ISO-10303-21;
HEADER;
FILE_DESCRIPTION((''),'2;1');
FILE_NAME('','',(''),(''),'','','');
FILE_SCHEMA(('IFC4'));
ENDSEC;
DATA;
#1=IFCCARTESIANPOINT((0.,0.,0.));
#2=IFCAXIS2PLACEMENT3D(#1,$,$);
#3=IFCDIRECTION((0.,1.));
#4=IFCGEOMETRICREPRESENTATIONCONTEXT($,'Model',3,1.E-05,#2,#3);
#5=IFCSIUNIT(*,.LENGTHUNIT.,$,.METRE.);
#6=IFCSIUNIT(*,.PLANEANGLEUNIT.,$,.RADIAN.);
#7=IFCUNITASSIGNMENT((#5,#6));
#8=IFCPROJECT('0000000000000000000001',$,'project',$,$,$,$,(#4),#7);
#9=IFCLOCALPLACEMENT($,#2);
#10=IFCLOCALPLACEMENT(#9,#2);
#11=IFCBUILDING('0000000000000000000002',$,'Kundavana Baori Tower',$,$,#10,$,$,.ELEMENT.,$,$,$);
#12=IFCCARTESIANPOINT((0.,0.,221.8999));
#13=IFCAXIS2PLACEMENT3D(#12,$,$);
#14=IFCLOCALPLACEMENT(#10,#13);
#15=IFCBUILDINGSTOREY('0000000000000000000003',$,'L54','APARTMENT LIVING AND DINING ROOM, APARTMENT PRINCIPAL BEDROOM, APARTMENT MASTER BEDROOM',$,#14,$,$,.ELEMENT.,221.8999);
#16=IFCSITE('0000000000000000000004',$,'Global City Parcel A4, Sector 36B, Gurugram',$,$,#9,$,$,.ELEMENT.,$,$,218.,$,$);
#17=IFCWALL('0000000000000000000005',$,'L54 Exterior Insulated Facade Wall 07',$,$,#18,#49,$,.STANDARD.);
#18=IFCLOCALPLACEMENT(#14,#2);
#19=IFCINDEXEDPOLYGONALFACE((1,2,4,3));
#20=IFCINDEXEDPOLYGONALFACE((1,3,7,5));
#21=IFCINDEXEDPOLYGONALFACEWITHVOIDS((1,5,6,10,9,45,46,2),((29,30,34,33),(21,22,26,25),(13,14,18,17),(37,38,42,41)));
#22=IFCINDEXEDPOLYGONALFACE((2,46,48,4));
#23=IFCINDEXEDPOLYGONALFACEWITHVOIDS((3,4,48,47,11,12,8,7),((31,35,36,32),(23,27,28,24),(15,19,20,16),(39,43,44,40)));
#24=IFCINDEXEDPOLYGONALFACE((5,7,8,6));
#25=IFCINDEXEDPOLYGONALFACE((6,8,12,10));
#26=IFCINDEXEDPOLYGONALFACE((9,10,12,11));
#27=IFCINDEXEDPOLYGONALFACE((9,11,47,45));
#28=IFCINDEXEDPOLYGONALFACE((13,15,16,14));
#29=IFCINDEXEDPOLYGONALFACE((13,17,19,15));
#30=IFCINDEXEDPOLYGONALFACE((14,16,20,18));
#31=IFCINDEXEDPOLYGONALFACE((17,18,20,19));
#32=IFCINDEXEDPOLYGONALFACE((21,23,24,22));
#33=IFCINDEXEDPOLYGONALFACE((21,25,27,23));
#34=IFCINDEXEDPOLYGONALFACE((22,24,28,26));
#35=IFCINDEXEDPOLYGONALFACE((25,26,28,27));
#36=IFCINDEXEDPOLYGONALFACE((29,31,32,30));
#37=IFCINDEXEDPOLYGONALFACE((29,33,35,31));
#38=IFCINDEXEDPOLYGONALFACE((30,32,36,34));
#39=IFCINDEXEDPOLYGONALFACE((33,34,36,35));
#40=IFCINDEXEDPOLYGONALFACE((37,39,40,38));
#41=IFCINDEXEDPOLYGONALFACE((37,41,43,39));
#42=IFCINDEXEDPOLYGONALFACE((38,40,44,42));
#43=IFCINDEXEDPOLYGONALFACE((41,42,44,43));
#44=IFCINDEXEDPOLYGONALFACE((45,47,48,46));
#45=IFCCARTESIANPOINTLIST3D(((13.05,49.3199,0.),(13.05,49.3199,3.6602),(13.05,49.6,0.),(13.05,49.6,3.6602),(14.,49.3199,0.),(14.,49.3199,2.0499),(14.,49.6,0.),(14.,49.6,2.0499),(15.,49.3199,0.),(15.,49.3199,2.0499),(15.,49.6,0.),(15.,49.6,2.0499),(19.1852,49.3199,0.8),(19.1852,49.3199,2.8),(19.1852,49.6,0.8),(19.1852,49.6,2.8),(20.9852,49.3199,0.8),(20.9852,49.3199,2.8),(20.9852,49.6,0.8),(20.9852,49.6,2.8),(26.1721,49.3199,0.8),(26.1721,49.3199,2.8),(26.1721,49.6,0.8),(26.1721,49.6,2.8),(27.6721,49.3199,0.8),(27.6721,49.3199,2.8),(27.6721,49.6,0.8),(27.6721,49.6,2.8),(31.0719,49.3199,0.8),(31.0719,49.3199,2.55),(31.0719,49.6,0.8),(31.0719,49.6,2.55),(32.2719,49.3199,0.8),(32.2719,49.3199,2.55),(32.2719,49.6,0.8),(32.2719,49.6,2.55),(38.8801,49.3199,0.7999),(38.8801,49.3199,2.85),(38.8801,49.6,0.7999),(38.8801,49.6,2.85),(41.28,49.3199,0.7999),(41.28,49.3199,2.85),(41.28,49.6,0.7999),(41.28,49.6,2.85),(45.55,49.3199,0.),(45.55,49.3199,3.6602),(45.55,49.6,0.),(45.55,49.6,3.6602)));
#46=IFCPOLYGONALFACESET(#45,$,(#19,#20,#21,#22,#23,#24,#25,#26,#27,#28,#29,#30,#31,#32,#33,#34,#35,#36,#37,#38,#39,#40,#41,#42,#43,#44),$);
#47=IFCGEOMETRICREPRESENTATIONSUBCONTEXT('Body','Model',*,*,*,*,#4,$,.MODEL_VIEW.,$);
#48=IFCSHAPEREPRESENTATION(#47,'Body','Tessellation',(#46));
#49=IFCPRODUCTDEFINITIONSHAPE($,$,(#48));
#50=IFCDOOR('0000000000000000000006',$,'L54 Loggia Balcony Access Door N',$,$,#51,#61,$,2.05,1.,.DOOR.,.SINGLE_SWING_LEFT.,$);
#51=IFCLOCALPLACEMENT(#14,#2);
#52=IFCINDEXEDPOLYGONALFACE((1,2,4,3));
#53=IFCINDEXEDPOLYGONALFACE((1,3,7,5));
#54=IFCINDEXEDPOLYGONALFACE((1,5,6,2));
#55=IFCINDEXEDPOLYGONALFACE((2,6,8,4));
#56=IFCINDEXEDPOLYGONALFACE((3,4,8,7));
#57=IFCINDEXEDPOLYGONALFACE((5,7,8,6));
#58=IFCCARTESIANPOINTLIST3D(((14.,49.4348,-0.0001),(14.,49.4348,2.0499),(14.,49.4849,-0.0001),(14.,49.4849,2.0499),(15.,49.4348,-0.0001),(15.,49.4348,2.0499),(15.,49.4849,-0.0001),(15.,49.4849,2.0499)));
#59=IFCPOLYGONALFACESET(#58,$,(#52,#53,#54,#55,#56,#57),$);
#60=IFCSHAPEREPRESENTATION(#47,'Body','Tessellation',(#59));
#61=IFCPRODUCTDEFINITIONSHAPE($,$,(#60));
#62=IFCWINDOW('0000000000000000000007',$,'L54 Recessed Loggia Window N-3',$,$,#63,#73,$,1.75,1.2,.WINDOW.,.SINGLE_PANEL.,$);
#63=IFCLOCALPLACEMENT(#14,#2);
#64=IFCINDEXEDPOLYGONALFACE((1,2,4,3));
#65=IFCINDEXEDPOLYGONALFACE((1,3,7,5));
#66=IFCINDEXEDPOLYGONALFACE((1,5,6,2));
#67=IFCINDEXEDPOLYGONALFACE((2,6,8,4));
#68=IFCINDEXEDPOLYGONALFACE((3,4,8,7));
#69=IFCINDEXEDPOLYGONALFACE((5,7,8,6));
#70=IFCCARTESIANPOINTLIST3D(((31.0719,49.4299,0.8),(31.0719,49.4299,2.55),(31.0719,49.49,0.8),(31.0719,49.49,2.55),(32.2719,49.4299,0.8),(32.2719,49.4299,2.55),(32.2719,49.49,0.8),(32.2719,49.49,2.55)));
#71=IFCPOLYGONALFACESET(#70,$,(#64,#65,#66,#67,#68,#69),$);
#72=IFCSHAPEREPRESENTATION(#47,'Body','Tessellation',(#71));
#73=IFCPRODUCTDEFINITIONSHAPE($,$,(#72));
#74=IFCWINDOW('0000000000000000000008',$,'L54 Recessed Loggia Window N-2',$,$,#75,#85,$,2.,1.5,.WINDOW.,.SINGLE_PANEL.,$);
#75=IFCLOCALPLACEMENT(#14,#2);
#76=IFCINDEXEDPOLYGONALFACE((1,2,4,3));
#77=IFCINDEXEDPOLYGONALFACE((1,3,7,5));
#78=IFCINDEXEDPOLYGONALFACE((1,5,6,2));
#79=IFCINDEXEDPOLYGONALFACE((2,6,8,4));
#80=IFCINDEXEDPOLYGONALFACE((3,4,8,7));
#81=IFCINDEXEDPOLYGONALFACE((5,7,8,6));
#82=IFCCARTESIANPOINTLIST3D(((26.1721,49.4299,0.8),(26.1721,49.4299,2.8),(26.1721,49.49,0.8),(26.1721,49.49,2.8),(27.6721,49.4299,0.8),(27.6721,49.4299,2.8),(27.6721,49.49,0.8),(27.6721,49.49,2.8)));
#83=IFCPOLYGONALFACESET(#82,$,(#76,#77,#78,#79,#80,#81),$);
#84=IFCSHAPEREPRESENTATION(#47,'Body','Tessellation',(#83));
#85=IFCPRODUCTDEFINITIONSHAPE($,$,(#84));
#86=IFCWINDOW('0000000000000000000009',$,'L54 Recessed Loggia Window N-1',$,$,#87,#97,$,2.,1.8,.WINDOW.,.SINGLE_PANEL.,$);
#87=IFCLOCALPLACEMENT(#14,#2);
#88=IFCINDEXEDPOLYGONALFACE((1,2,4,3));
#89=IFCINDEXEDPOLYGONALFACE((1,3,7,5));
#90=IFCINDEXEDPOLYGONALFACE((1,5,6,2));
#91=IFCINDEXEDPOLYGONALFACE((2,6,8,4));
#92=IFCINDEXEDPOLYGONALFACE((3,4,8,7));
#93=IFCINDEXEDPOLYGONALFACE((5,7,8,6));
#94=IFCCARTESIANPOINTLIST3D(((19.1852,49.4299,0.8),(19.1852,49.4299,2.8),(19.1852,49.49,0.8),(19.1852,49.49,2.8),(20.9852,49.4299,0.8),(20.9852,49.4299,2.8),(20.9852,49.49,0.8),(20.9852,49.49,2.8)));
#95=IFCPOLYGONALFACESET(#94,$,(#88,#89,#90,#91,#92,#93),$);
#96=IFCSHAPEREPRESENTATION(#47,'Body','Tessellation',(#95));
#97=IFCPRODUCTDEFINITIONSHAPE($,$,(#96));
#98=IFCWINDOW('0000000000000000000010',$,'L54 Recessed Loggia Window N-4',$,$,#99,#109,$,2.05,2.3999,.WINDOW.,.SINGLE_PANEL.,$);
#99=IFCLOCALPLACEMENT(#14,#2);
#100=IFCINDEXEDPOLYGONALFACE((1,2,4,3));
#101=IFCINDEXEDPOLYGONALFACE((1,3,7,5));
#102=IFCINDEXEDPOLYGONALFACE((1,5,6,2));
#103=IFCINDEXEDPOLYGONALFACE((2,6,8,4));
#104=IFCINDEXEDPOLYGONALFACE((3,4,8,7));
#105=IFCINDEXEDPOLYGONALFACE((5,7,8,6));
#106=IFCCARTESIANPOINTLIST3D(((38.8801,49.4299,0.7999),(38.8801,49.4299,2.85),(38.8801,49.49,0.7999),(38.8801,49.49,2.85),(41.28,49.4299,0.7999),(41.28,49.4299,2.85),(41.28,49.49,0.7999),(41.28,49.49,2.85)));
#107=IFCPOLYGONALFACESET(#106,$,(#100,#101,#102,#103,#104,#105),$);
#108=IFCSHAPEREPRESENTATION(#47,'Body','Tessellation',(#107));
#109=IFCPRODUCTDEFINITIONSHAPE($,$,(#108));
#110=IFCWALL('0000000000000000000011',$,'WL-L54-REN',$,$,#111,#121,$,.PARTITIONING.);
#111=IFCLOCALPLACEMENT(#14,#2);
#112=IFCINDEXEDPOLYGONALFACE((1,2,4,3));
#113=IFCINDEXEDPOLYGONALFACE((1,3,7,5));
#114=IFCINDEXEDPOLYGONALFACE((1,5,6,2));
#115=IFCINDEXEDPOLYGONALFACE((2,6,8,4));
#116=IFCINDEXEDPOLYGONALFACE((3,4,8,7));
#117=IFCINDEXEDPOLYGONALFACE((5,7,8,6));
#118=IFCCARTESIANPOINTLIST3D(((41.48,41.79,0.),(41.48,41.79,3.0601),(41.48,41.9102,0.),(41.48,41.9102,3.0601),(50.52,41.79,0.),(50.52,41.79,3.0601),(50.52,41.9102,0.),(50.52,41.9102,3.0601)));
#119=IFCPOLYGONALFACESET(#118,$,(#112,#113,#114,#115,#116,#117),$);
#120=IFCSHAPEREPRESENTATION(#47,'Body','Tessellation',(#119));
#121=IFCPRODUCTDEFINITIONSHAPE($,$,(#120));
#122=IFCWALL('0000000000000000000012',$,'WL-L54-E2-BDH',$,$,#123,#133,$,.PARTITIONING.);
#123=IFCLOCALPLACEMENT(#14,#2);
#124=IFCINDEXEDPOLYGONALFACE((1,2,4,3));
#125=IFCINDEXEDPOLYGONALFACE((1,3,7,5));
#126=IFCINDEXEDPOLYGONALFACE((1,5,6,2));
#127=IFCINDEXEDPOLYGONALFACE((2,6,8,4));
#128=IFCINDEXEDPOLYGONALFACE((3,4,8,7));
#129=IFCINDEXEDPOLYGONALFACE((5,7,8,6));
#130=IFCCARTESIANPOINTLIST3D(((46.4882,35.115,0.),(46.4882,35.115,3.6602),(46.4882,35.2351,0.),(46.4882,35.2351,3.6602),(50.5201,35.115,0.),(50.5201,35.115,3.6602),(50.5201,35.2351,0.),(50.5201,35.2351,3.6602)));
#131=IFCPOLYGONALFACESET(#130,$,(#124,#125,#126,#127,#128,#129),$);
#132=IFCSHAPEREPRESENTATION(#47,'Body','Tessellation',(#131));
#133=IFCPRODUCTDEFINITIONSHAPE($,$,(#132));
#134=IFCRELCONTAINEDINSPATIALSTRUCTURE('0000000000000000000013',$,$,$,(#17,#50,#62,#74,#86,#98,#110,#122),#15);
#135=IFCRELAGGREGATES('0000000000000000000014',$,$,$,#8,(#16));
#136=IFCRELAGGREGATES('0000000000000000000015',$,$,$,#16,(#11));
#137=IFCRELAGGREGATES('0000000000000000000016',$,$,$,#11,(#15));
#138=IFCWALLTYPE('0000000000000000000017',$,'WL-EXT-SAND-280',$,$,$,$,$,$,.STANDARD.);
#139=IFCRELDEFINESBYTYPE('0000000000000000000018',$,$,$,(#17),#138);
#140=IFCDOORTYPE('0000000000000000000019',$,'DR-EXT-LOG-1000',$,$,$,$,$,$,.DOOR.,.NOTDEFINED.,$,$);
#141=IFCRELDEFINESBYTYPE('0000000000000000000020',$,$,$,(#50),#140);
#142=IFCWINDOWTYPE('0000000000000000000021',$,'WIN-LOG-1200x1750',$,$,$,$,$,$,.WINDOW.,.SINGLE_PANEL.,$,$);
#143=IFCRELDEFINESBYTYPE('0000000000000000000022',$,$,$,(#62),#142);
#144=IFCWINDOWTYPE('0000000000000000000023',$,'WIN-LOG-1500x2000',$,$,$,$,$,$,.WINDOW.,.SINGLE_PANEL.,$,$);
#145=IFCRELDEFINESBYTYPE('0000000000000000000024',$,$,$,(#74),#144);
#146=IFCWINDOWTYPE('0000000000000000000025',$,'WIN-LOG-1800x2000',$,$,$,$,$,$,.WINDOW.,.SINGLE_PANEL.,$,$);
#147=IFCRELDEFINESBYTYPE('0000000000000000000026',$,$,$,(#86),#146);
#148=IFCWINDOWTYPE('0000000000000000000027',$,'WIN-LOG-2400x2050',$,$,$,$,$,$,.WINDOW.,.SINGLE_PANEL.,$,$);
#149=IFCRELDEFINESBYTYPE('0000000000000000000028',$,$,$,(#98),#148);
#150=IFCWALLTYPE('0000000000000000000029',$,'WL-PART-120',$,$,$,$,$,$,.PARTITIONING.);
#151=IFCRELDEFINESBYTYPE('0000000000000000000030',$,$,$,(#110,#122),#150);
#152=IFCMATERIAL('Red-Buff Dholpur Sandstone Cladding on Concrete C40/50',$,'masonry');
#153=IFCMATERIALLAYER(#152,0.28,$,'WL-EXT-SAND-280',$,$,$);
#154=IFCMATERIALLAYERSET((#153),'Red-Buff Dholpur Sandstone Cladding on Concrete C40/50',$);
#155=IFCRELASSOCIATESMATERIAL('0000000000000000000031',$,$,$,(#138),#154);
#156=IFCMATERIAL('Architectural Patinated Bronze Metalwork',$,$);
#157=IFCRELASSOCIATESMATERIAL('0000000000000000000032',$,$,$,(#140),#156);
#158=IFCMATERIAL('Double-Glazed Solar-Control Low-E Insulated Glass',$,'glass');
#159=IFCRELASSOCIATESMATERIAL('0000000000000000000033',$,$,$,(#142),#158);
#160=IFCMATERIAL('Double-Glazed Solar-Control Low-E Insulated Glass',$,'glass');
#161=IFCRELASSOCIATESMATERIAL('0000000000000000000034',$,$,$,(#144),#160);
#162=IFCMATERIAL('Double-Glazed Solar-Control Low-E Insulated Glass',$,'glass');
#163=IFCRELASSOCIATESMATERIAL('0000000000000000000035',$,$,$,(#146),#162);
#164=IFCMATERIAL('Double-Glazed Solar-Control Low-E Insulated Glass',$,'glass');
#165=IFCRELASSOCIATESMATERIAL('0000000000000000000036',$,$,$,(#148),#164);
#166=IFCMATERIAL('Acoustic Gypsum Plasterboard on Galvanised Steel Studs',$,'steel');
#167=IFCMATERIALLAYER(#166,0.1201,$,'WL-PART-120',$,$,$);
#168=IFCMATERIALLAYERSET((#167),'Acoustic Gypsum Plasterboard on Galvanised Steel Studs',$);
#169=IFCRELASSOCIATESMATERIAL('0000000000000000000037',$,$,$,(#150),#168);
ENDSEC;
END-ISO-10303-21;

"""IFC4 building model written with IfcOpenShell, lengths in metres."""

from ifc_helpers import new_model, si_unit, direction, frame, frame_2d, origin, place, context, subcontext, project, spatial, rectangle, extrude, material, layer, layer_set, type_object, element, fill, save


model = new_model("IFC4")

# Units and contexts
model_context = context("Model", 3, precision=1e-05, world=origin(), true_north=direction((0.0, 1.0)))
body_context = subcontext(model_context, "Body", "Model", "MODEL_VIEW")
ifc_project = project(units=[si_unit("LENGTHUNIT", "METRE"), si_unit("PLANEANGLEUNIT", "RADIAN")], contexts=[model_context])

# Site, building, storey
site_placement = place(None, origin())
site = spatial("IfcSite", under=ifc_project, at=site_placement, Name="Global City Parcel A4, Sector 36B, Gurugram", CompositionType="ELEMENT", RefElevation=218.0)
building_placement = place(site_placement, origin())
building = spatial("IfcBuilding", under=site, at=building_placement, Name="Kundavana Baori Tower", CompositionType="ELEMENT")
storey_placement = place(building_placement, frame((0.0, 0.0, 221.8999)))
storey = spatial("IfcBuildingStorey", under=building, at=storey_placement, Name="L54", Description="APARTMENT LIVING AND DINING ROOM, APARTMENT PRINCIPAL BEDROOM, APARTMENT MASTER BEDROOM", CompositionType="ELEMENT", Elevation=221.8999)

# Shared definitions
ifc_material_1 = material(Name="Red-Buff Dholpur Sandstone Cladding on Concrete C40/50", Category="masonry")
ifc_layer_1 = layer(ifc_material_1, 0.28, Name="WL-EXT-SAND-280")
ifc_layer_set_1 = layer_set([ifc_layer_1], Name="Red-Buff Dholpur Sandstone Cladding on Concrete C40/50")
wall_type_1 = type_object("IfcWallType", Name="WL-EXT-SAND-280", PredefinedType="STANDARD", material=ifc_layer_set_1)

# Wall, openings, door, windows
wall_1_placement = place(storey_placement, frame((45.55, 49.46, 0.0), z_axis=(0.0, 0.0, 1.0), x_axis=(-1.0, 0.0, 0.0)))
wall_1 = element("IfcWall", 1, at=wall_1_placement, inside=storey, type_object=wall_type_1, Name="L54 Exterior Insulated Facade Wall 07", PredefinedType="STANDARD", context=body_context, shape_type="SweptSolid", body=[
    extrude(rectangle(XDim=32.5, YDim=0.28, at=frame_2d((16.25, 0.0))), origin(), (0.0, 0.0, 1.0), 3.6602),
])
opening_1_placement = place(wall_1_placement, frame((30.55, 0.0, 0.0)))
opening_1 = element("IfcOpeningElement", 2, at=opening_1_placement, cuts=wall_1, PredefinedType="OPENING", context=body_context, shape_type="SweptSolid", body=[
    extrude(rectangle(XDim=1.0, YDim=2.05, at=frame_2d((0.5, 1.0249))), frame((0.0, 0.1499, 0.0), z_axis=(0.0, -1.0, 0.0), x_axis=(1.0, 0.0, 0.0)), (0.0, 0.0, 1.0), 0.3),
])
opening_2_placement = place(wall_1_placement, frame((24.5649, 0.0, 0.8)))
opening_2 = element("IfcOpeningElement", 3, at=opening_2_placement, cuts=wall_1, PredefinedType="OPENING", context=body_context, shape_type="SweptSolid", body=[
    extrude(rectangle(XDim=1.8, YDim=2.0, at=frame_2d((0.8999, 1.0))), frame((0.0, 0.1499, 0.0), z_axis=(0.0, -1.0, 0.0), x_axis=(1.0, 0.0, 0.0)), (0.0, 0.0, 1.0), 0.3),
])
opening_3_placement = place(wall_1_placement, frame((17.8779, 0.0, 0.8)))
opening_3 = element("IfcOpeningElement", 4, at=opening_3_placement, cuts=wall_1, PredefinedType="OPENING", context=body_context, shape_type="SweptSolid", body=[
    extrude(rectangle(XDim=1.5, YDim=2.0, at=frame_2d((0.75, 1.0))), frame((0.0, 0.1499, 0.0), z_axis=(0.0, -1.0, 0.0), x_axis=(1.0, 0.0, 0.0)), (0.0, 0.0, 1.0), 0.3),
])
opening_4_placement = place(wall_1_placement, frame((13.2781, 0.0, 0.8)))
opening_4 = element("IfcOpeningElement", 5, at=opening_4_placement, cuts=wall_1, PredefinedType="OPENING", context=body_context, shape_type="SweptSolid", body=[
    extrude(rectangle(XDim=1.2, YDim=1.75, at=frame_2d((0.6001, 0.875))), frame((0.0, 0.1499, 0.0), z_axis=(0.0, -1.0, 0.0), x_axis=(1.0, 0.0, 0.0)), (0.0, 0.0, 1.0), 0.3),
])
opening_5_placement = place(wall_1_placement, frame((4.27, 0.0, 0.8)))
opening_5 = element("IfcOpeningElement", 6, at=opening_5_placement, cuts=wall_1, PredefinedType="OPENING", context=body_context, shape_type="SweptSolid", body=[
    extrude(rectangle(XDim=2.3999, YDim=2.05, at=frame_2d((1.2, 1.0249))), frame((0.0, 0.1499, 0.0), z_axis=(0.0, -1.0, 0.0), x_axis=(1.0, 0.0, 0.0)), (0.0, 0.0, 1.0), 0.3),
])
ifc_material_2 = material(Name="Architectural Patinated Bronze Metalwork")
door_type_1 = type_object("IfcDoorType", Name="DR-EXT-LOG-1000", OperationType="NOTDEFINED", PredefinedType="DOOR", material=ifc_material_2)
door_1_placement = place(opening_1_placement, frame((1.0, 0.0, 0.0), z_axis=(0.0, 0.0, 1.0), x_axis=(-1.0, 0.0, 0.0)))
door_1 = element("IfcDoor", 7, at=door_1_placement, inside=storey, type_object=door_type_1, Name="L54 Loggia Balcony Access Door N", OperationType="SINGLE_SWING_LEFT", OverallHeight=2.05, OverallWidth=1.0, PredefinedType="DOOR", context=body_context, shape_type="SweptSolid", body=[
    extrude(rectangle(XDim=1.0, YDim=2.05, at=frame_2d((0.5, 1.0249))), frame((0.0, 0.0249, 0.0), z_axis=(0.0, -1.0, 0.0), x_axis=(1.0, 0.0, 0.0)), (0.0, 0.0, 1.0), 0.05),
])
fill(opening_1, door_1)
ifc_material_3 = material(Name="Double-Glazed Solar-Control Low-E Insulated Glass", Category="glass")
window_type_1 = type_object("IfcWindowType", Name="WIN-LOG-1200x1750", PartitioningType="SINGLE_PANEL", PredefinedType="WINDOW", material=ifc_material_3)
window_1_placement = place(opening_4_placement, origin())
window_1 = element("IfcWindow", 8, at=window_1_placement, inside=storey, type_object=window_type_1, Name="L54 Recessed Loggia Window N-3", OverallHeight=1.75, OverallWidth=1.2, PartitioningType="SINGLE_PANEL", PredefinedType="WINDOW", context=body_context, shape_type="SweptSolid", body=[
    extrude(rectangle(XDim=1.2, YDim=1.75, at=frame_2d((0.6001, 0.875))), frame((0.0, 0.03, 0.0), z_axis=(0.0, -1.0, 0.0), x_axis=(1.0, 0.0, 0.0)), (0.0, 0.0, 1.0), 0.0601),
])
fill(opening_4, window_1)
ifc_material_4 = material(Name="Double-Glazed Solar-Control Low-E Insulated Glass", Category="glass")
window_type_2 = type_object("IfcWindowType", Name="WIN-LOG-1500x2000", PartitioningType="SINGLE_PANEL", PredefinedType="WINDOW", material=ifc_material_4)
window_2_placement = place(opening_3_placement, origin())
window_2 = element("IfcWindow", 9, at=window_2_placement, inside=storey, type_object=window_type_2, Name="L54 Recessed Loggia Window N-2", OverallHeight=2.0, OverallWidth=1.5, PartitioningType="SINGLE_PANEL", PredefinedType="WINDOW", context=body_context, shape_type="SweptSolid", body=[
    extrude(rectangle(XDim=1.5, YDim=2.0, at=frame_2d((0.75, 1.0))), frame((0.0, 0.03, 0.0), z_axis=(0.0, -1.0, 0.0), x_axis=(1.0, 0.0, 0.0)), (0.0, 0.0, 1.0), 0.0601),
])
fill(opening_3, window_2)
ifc_material_5 = material(Name="Double-Glazed Solar-Control Low-E Insulated Glass", Category="glass")
window_type_3 = type_object("IfcWindowType", Name="WIN-LOG-1800x2000", PartitioningType="SINGLE_PANEL", PredefinedType="WINDOW", material=ifc_material_5)
window_3_placement = place(opening_2_placement, origin())
window_3 = element("IfcWindow", 10, at=window_3_placement, inside=storey, type_object=window_type_3, Name="L54 Recessed Loggia Window N-1", OverallHeight=2.0, OverallWidth=1.8, PartitioningType="SINGLE_PANEL", PredefinedType="WINDOW", context=body_context, shape_type="SweptSolid", body=[
    extrude(rectangle(XDim=1.8, YDim=2.0, at=frame_2d((0.8999, 1.0))), frame((0.0, 0.03, 0.0), z_axis=(0.0, -1.0, 0.0), x_axis=(1.0, 0.0, 0.0)), (0.0, 0.0, 1.0), 0.0601),
])
fill(opening_2, window_3)
ifc_material_6 = material(Name="Double-Glazed Solar-Control Low-E Insulated Glass", Category="glass")
window_type_4 = type_object("IfcWindowType", Name="WIN-LOG-2400x2050", PartitioningType="SINGLE_PANEL", PredefinedType="WINDOW", material=ifc_material_6)
window_4_placement = place(opening_5_placement, origin())
window_4 = element("IfcWindow", 11, at=window_4_placement, inside=storey, type_object=window_type_4, Name="L54 Recessed Loggia Window N-4", OverallHeight=2.05, OverallWidth=2.3999, PartitioningType="SINGLE_PANEL", PredefinedType="WINDOW", context=body_context, shape_type="SweptSolid", body=[
    extrude(rectangle(XDim=2.3999, YDim=2.05, at=frame_2d((1.2, 1.0249))), frame((0.0, 0.03, 0.0), z_axis=(0.0, -1.0, 0.0), x_axis=(1.0, 0.0, 0.0)), (0.0, 0.0, 1.0), 0.0601),
])
fill(opening_5, window_4)

# Walls
ifc_material_7 = material(Name="Acoustic Gypsum Plasterboard on Galvanised Steel Studs", Category="steel")
ifc_layer_2 = layer(ifc_material_7, 0.1201, Name="WL-PART-120")
ifc_layer_set_2 = layer_set([ifc_layer_2], Name="Acoustic Gypsum Plasterboard on Galvanised Steel Studs")
wall_type_2 = type_object("IfcWallType", Name="WL-PART-120", PredefinedType="PARTITIONING", material=ifc_layer_set_2)
wall_2_placement = place(storey_placement, frame((41.48, 41.8501, 0.0), z_axis=(0.0, 0.0, 1.0), x_axis=(1.0, 0.0, 0.0)))
element("IfcWall", 12, at=wall_2_placement, inside=storey, type_object=wall_type_2, Name="WL-L54-REN", PredefinedType="PARTITIONING", context=body_context, shape_type="SweptSolid", body=[
    extrude(rectangle(XDim=9.04, YDim=0.1201, at=frame_2d((4.52, 0.0))), origin(), (0.0, 0.0, 1.0), 3.0601),
])
wall_3_placement = place(storey_placement, frame((46.488, 35.175, 0.0), z_axis=(0.0, 0.0, 1.0), x_axis=(1.0, 0.0, 0.0)))
element("IfcWall", 13, at=wall_3_placement, inside=storey, type_object=wall_type_2, Name="WL-L54-E2-BDH", PredefinedType="PARTITIONING", context=body_context, shape_type="SweptSolid", body=[
    extrude(rectangle(XDim=4.032, YDim=0.1201, at=frame_2d((2.0161, 0.0))), origin(), (0.0, 0.0, 1.0), 3.6602),
])

save(model, "model.ifc")
